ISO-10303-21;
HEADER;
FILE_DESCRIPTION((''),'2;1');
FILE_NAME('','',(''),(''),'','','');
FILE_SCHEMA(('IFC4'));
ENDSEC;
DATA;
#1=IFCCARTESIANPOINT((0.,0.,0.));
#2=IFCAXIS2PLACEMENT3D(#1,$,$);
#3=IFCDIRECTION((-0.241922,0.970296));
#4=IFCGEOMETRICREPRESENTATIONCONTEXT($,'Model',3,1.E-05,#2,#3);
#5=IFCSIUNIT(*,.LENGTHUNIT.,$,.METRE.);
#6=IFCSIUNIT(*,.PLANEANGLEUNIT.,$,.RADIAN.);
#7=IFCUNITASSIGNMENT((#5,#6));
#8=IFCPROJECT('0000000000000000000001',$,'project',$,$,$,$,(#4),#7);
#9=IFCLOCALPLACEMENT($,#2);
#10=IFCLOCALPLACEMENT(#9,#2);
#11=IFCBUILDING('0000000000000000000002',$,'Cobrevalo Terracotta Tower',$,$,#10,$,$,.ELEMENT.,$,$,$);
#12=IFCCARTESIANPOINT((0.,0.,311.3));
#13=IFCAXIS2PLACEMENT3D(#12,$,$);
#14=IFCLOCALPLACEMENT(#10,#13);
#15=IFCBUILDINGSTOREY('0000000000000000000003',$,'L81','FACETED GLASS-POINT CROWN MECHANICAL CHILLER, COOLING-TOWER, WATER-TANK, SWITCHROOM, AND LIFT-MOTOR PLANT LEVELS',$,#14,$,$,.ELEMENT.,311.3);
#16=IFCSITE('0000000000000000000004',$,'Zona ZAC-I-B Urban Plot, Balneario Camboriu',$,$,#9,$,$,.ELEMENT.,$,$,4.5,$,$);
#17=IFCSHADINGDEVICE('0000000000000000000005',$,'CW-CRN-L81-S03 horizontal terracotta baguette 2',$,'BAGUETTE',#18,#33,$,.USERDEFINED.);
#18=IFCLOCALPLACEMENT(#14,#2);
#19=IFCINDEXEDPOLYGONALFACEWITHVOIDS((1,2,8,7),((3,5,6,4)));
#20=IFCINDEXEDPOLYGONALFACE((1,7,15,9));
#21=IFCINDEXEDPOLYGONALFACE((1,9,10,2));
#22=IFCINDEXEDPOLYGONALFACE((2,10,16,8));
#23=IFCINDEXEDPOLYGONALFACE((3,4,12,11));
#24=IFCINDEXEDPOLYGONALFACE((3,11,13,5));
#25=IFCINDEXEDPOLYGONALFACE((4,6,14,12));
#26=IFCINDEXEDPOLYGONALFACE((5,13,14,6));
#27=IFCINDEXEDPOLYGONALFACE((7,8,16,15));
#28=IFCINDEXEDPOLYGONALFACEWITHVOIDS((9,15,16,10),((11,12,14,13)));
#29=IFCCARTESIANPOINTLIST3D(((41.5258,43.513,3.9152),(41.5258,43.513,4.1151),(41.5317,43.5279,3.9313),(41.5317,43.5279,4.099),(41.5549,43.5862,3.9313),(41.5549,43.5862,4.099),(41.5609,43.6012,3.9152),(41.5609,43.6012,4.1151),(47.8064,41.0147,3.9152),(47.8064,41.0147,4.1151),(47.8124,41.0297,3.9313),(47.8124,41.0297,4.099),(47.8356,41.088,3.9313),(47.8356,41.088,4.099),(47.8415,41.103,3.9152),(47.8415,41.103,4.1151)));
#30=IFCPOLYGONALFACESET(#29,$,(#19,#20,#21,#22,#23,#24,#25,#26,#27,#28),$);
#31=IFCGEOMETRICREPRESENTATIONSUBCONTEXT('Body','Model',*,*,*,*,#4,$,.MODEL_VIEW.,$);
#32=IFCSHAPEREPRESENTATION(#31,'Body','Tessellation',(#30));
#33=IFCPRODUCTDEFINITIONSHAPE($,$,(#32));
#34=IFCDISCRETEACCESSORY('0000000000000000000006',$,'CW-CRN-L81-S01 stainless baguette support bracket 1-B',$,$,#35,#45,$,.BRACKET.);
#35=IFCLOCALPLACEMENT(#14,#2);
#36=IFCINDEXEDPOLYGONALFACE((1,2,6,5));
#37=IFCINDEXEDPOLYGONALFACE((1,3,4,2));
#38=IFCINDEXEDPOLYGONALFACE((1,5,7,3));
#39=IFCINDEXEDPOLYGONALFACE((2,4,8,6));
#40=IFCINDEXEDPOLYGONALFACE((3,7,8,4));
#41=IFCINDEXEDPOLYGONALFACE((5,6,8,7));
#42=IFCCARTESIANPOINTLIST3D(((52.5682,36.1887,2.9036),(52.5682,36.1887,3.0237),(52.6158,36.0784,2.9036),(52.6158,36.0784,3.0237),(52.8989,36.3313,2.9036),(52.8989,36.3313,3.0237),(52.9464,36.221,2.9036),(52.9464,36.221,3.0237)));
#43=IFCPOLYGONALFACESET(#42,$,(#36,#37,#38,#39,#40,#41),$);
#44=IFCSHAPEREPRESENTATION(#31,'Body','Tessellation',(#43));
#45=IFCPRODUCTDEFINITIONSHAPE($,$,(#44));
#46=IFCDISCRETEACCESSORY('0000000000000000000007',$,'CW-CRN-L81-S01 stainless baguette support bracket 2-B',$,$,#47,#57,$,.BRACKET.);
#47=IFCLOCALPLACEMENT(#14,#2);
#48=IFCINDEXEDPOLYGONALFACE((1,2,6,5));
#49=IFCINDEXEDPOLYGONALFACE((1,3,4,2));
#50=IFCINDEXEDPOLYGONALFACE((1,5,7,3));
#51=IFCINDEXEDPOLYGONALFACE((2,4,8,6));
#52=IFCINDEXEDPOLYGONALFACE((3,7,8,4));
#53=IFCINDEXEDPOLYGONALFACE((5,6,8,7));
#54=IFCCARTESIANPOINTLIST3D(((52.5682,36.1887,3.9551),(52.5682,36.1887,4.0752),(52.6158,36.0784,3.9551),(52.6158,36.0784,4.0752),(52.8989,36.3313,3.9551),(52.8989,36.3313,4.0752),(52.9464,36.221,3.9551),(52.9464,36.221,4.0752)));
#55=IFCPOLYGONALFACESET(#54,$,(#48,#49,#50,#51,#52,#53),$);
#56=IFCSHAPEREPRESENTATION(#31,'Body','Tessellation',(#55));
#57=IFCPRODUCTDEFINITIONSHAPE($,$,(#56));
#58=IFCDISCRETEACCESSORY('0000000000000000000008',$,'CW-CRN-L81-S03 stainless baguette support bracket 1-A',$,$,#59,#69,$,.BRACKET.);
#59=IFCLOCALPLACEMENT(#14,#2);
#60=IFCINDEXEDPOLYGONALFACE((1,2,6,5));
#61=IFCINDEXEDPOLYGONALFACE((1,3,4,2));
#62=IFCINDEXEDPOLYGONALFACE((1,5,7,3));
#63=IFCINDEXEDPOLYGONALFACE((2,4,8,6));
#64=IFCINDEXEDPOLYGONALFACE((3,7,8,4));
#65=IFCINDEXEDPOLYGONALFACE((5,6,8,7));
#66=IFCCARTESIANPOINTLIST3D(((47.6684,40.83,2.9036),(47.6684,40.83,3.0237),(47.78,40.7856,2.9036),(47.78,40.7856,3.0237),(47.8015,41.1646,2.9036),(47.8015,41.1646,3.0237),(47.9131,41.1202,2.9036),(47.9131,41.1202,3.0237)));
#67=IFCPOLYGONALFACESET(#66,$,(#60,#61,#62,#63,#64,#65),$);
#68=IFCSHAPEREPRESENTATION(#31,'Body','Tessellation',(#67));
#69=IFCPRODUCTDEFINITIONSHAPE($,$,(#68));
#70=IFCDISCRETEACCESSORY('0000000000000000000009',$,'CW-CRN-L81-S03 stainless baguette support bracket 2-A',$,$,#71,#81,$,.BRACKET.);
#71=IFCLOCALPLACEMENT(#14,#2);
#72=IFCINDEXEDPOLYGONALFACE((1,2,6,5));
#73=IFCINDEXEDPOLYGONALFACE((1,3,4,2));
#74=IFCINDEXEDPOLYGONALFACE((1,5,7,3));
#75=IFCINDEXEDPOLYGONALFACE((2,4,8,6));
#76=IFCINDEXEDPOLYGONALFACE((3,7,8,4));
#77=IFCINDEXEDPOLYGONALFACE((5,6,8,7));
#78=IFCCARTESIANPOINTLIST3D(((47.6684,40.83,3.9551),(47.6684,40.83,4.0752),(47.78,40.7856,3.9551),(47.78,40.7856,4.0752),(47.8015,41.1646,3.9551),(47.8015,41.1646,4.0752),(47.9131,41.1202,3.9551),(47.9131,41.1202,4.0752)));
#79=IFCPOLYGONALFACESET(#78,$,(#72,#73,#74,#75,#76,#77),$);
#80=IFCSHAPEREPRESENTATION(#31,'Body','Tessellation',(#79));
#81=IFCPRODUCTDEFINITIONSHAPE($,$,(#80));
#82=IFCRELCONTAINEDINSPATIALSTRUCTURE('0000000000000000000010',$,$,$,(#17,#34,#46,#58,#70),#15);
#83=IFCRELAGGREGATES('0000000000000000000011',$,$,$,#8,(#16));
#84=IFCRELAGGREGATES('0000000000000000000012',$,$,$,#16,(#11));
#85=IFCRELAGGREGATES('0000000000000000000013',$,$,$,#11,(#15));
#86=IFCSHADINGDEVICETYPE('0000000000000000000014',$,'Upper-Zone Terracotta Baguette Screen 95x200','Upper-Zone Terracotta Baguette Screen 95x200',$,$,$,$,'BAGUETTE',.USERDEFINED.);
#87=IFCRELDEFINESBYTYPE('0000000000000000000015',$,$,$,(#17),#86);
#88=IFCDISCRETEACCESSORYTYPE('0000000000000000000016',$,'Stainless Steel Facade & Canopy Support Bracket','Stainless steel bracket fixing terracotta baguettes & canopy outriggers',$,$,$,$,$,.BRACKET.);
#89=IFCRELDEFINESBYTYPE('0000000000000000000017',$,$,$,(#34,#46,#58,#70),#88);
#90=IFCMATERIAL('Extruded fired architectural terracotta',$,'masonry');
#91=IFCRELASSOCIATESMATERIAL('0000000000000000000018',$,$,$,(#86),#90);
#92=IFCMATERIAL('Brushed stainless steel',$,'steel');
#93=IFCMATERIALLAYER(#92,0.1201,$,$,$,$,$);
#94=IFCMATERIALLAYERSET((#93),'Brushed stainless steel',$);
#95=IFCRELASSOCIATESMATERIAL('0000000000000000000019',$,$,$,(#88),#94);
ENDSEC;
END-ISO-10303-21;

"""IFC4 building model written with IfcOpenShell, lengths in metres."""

from ifc_helpers import new_model, si_unit, direction, frame, origin, origin_2d, place, context, subcontext, project, spatial, rectangle, hollow_rectangle, extrude, source, transform, mapped, material, layer, layer_set, material_profile, profile_set, type_object, element, save


model = new_model("IFC4")

# Units and contexts
model_context = context("Model", 3, precision=1e-05, world=origin(), true_north=direction((-0.241922, 0.970296)))
body_context = subcontext(model_context, "Body", "Model", "MODEL_VIEW")
ifc_project = project(units=[si_unit("LENGTHUNIT", "METRE"), si_unit("PLANEANGLEUNIT", "RADIAN")], contexts=[model_context])

# Site, building, storey
site_placement = place(None, origin())
site = spatial("IfcSite", under=ifc_project, at=site_placement, Name="Zona ZAC-I-B Urban Plot, Balneario Camboriu", CompositionType="ELEMENT", RefElevation=4.5)
building_placement = place(site_placement, origin())
building = spatial("IfcBuilding", under=site, at=building_placement, Name="Cobrevalo Terracotta Tower", CompositionType="ELEMENT")
storey_placement = place(building_placement, frame((0.0, 0.0, 311.3)))
storey = spatial("IfcBuildingStorey", under=building, at=storey_placement, Name="L81", Description="FACETED GLASS-POINT CROWN MECHANICAL CHILLER, COOLING-TOWER, WATER-TANK, SWITCHROOM, AND LIFT-MOTOR PLANT LEVELS", CompositionType="ELEMENT", Elevation=311.3)

# Shading device
ifc_material_1 = material(Name="Extruded fired architectural terracotta", Category="masonry")
ifc_material_profile_1 = material_profile(ifc_material_1, hollow_rectangle(XDim=0.095, YDim=0.2, WallThickness=0.0161, at=origin_2d()), Name="BAGUETTE 95x200")
ifc_profile_set_1 = profile_set([ifc_material_profile_1], Name="Extruded fired architectural terracotta")
shading_device_type = type_object("IfcShadingDeviceType", Name="Upper-Zone Terracotta Baguette Screen 95x200", Description="Upper-Zone Terracotta Baguette Screen 95x200", ElementType="BAGUETTE", PredefinedType="USERDEFINED", material=ifc_profile_set_1)
shared_shape_1 = source(origin(), body_context, "Body", "SweptSolid", [
    extrude(hollow_rectangle(XDim=0.095, YDim=0.2, WallThickness=0.0161, at=origin_2d()), origin(), (0.0, 0.0, 1.0), 6.7593),
])
for number, where, z_axis, x_axis, name in (
    (1, (47.824, 41.0588, 4.0151), (-0.92919, 0.369603, 0.0), (-0.369603, -0.92919, 0.0), "CW-CRN-L81-S03 horizontal terracotta baguette 2"),
):
    element("IfcShadingDevice", number, at=place(storey_placement, frame(where, z_axis=z_axis, x_axis=x_axis)), inside=storey, type_object=shading_device_type, Name=name, ObjectType="BAGUETTE", PredefinedType="USERDEFINED", context=body_context, shape_type="MappedRepresentation", body=[
        mapped(shared_shape_1, transform((0.0, 0.0, 0.0), scale=1.0)),
    ])

# Discrete accessories
ifc_material_2 = material(Name="Brushed stainless steel", Category="steel")
ifc_layer_1 = layer(ifc_material_2, 0.1201)
ifc_layer_set_1 = layer_set([ifc_layer_1], Name="Brushed stainless steel")
discrete_accessory_type = type_object("IfcDiscreteAccessoryType", Name="Stainless Steel Facade & Canopy Support Bracket", Description="Stainless steel bracket fixing terracotta baguettes & canopy outriggers", PredefinedType="BRACKET", material=ifc_layer_set_1)
shared_shape_2 = source(origin(), body_context, "Body", "SweptSolid", [
    extrude(rectangle(XDim=0.1201, YDim=0.3601, at=origin_2d()), origin(), (0.0, 0.0, 1.0), 0.1201),
])
for number, where, z_axis, x_axis, name in (
    (2, (52.7573, 36.2048, 2.9036), (0.0, 0.0, 1.0), (-0.396066, 0.918222, 0.0), "CW-CRN-L81-S01 stainless baguette support bracket 1-B"),
    (3, (52.7573, 36.2048, 3.9551), (0.0, 0.0, 1.0), (-0.396066, 0.918222, 0.0), "CW-CRN-L81-S01 stainless baguette support bracket 2-B"),
    (4, (47.7908, 40.9751, 2.9036), (0.0, 0.0, 1.0), (-0.929191, 0.369601, 0.0), "CW-CRN-L81-S03 stainless baguette support bracket 1-A"),
    (5, (47.7908, 40.9751, 3.9551), (0.0, 0.0, 1.0), (-0.929191, 0.369601, 0.0), "CW-CRN-L81-S03 stainless baguette support bracket 2-A"),
):
    element("IfcDiscreteAccessory", number, at=place(storey_placement, frame(where, z_axis=z_axis, x_axis=x_axis)), inside=storey, type_object=discrete_accessory_type, Name=name, PredefinedType="BRACKET", context=body_context, shape_type="MappedRepresentation", body=[
        mapped(shared_shape_2, transform((0.0, 0.0, 0.0), scale=1.0)),
    ])

save(model, "model.ifc")
